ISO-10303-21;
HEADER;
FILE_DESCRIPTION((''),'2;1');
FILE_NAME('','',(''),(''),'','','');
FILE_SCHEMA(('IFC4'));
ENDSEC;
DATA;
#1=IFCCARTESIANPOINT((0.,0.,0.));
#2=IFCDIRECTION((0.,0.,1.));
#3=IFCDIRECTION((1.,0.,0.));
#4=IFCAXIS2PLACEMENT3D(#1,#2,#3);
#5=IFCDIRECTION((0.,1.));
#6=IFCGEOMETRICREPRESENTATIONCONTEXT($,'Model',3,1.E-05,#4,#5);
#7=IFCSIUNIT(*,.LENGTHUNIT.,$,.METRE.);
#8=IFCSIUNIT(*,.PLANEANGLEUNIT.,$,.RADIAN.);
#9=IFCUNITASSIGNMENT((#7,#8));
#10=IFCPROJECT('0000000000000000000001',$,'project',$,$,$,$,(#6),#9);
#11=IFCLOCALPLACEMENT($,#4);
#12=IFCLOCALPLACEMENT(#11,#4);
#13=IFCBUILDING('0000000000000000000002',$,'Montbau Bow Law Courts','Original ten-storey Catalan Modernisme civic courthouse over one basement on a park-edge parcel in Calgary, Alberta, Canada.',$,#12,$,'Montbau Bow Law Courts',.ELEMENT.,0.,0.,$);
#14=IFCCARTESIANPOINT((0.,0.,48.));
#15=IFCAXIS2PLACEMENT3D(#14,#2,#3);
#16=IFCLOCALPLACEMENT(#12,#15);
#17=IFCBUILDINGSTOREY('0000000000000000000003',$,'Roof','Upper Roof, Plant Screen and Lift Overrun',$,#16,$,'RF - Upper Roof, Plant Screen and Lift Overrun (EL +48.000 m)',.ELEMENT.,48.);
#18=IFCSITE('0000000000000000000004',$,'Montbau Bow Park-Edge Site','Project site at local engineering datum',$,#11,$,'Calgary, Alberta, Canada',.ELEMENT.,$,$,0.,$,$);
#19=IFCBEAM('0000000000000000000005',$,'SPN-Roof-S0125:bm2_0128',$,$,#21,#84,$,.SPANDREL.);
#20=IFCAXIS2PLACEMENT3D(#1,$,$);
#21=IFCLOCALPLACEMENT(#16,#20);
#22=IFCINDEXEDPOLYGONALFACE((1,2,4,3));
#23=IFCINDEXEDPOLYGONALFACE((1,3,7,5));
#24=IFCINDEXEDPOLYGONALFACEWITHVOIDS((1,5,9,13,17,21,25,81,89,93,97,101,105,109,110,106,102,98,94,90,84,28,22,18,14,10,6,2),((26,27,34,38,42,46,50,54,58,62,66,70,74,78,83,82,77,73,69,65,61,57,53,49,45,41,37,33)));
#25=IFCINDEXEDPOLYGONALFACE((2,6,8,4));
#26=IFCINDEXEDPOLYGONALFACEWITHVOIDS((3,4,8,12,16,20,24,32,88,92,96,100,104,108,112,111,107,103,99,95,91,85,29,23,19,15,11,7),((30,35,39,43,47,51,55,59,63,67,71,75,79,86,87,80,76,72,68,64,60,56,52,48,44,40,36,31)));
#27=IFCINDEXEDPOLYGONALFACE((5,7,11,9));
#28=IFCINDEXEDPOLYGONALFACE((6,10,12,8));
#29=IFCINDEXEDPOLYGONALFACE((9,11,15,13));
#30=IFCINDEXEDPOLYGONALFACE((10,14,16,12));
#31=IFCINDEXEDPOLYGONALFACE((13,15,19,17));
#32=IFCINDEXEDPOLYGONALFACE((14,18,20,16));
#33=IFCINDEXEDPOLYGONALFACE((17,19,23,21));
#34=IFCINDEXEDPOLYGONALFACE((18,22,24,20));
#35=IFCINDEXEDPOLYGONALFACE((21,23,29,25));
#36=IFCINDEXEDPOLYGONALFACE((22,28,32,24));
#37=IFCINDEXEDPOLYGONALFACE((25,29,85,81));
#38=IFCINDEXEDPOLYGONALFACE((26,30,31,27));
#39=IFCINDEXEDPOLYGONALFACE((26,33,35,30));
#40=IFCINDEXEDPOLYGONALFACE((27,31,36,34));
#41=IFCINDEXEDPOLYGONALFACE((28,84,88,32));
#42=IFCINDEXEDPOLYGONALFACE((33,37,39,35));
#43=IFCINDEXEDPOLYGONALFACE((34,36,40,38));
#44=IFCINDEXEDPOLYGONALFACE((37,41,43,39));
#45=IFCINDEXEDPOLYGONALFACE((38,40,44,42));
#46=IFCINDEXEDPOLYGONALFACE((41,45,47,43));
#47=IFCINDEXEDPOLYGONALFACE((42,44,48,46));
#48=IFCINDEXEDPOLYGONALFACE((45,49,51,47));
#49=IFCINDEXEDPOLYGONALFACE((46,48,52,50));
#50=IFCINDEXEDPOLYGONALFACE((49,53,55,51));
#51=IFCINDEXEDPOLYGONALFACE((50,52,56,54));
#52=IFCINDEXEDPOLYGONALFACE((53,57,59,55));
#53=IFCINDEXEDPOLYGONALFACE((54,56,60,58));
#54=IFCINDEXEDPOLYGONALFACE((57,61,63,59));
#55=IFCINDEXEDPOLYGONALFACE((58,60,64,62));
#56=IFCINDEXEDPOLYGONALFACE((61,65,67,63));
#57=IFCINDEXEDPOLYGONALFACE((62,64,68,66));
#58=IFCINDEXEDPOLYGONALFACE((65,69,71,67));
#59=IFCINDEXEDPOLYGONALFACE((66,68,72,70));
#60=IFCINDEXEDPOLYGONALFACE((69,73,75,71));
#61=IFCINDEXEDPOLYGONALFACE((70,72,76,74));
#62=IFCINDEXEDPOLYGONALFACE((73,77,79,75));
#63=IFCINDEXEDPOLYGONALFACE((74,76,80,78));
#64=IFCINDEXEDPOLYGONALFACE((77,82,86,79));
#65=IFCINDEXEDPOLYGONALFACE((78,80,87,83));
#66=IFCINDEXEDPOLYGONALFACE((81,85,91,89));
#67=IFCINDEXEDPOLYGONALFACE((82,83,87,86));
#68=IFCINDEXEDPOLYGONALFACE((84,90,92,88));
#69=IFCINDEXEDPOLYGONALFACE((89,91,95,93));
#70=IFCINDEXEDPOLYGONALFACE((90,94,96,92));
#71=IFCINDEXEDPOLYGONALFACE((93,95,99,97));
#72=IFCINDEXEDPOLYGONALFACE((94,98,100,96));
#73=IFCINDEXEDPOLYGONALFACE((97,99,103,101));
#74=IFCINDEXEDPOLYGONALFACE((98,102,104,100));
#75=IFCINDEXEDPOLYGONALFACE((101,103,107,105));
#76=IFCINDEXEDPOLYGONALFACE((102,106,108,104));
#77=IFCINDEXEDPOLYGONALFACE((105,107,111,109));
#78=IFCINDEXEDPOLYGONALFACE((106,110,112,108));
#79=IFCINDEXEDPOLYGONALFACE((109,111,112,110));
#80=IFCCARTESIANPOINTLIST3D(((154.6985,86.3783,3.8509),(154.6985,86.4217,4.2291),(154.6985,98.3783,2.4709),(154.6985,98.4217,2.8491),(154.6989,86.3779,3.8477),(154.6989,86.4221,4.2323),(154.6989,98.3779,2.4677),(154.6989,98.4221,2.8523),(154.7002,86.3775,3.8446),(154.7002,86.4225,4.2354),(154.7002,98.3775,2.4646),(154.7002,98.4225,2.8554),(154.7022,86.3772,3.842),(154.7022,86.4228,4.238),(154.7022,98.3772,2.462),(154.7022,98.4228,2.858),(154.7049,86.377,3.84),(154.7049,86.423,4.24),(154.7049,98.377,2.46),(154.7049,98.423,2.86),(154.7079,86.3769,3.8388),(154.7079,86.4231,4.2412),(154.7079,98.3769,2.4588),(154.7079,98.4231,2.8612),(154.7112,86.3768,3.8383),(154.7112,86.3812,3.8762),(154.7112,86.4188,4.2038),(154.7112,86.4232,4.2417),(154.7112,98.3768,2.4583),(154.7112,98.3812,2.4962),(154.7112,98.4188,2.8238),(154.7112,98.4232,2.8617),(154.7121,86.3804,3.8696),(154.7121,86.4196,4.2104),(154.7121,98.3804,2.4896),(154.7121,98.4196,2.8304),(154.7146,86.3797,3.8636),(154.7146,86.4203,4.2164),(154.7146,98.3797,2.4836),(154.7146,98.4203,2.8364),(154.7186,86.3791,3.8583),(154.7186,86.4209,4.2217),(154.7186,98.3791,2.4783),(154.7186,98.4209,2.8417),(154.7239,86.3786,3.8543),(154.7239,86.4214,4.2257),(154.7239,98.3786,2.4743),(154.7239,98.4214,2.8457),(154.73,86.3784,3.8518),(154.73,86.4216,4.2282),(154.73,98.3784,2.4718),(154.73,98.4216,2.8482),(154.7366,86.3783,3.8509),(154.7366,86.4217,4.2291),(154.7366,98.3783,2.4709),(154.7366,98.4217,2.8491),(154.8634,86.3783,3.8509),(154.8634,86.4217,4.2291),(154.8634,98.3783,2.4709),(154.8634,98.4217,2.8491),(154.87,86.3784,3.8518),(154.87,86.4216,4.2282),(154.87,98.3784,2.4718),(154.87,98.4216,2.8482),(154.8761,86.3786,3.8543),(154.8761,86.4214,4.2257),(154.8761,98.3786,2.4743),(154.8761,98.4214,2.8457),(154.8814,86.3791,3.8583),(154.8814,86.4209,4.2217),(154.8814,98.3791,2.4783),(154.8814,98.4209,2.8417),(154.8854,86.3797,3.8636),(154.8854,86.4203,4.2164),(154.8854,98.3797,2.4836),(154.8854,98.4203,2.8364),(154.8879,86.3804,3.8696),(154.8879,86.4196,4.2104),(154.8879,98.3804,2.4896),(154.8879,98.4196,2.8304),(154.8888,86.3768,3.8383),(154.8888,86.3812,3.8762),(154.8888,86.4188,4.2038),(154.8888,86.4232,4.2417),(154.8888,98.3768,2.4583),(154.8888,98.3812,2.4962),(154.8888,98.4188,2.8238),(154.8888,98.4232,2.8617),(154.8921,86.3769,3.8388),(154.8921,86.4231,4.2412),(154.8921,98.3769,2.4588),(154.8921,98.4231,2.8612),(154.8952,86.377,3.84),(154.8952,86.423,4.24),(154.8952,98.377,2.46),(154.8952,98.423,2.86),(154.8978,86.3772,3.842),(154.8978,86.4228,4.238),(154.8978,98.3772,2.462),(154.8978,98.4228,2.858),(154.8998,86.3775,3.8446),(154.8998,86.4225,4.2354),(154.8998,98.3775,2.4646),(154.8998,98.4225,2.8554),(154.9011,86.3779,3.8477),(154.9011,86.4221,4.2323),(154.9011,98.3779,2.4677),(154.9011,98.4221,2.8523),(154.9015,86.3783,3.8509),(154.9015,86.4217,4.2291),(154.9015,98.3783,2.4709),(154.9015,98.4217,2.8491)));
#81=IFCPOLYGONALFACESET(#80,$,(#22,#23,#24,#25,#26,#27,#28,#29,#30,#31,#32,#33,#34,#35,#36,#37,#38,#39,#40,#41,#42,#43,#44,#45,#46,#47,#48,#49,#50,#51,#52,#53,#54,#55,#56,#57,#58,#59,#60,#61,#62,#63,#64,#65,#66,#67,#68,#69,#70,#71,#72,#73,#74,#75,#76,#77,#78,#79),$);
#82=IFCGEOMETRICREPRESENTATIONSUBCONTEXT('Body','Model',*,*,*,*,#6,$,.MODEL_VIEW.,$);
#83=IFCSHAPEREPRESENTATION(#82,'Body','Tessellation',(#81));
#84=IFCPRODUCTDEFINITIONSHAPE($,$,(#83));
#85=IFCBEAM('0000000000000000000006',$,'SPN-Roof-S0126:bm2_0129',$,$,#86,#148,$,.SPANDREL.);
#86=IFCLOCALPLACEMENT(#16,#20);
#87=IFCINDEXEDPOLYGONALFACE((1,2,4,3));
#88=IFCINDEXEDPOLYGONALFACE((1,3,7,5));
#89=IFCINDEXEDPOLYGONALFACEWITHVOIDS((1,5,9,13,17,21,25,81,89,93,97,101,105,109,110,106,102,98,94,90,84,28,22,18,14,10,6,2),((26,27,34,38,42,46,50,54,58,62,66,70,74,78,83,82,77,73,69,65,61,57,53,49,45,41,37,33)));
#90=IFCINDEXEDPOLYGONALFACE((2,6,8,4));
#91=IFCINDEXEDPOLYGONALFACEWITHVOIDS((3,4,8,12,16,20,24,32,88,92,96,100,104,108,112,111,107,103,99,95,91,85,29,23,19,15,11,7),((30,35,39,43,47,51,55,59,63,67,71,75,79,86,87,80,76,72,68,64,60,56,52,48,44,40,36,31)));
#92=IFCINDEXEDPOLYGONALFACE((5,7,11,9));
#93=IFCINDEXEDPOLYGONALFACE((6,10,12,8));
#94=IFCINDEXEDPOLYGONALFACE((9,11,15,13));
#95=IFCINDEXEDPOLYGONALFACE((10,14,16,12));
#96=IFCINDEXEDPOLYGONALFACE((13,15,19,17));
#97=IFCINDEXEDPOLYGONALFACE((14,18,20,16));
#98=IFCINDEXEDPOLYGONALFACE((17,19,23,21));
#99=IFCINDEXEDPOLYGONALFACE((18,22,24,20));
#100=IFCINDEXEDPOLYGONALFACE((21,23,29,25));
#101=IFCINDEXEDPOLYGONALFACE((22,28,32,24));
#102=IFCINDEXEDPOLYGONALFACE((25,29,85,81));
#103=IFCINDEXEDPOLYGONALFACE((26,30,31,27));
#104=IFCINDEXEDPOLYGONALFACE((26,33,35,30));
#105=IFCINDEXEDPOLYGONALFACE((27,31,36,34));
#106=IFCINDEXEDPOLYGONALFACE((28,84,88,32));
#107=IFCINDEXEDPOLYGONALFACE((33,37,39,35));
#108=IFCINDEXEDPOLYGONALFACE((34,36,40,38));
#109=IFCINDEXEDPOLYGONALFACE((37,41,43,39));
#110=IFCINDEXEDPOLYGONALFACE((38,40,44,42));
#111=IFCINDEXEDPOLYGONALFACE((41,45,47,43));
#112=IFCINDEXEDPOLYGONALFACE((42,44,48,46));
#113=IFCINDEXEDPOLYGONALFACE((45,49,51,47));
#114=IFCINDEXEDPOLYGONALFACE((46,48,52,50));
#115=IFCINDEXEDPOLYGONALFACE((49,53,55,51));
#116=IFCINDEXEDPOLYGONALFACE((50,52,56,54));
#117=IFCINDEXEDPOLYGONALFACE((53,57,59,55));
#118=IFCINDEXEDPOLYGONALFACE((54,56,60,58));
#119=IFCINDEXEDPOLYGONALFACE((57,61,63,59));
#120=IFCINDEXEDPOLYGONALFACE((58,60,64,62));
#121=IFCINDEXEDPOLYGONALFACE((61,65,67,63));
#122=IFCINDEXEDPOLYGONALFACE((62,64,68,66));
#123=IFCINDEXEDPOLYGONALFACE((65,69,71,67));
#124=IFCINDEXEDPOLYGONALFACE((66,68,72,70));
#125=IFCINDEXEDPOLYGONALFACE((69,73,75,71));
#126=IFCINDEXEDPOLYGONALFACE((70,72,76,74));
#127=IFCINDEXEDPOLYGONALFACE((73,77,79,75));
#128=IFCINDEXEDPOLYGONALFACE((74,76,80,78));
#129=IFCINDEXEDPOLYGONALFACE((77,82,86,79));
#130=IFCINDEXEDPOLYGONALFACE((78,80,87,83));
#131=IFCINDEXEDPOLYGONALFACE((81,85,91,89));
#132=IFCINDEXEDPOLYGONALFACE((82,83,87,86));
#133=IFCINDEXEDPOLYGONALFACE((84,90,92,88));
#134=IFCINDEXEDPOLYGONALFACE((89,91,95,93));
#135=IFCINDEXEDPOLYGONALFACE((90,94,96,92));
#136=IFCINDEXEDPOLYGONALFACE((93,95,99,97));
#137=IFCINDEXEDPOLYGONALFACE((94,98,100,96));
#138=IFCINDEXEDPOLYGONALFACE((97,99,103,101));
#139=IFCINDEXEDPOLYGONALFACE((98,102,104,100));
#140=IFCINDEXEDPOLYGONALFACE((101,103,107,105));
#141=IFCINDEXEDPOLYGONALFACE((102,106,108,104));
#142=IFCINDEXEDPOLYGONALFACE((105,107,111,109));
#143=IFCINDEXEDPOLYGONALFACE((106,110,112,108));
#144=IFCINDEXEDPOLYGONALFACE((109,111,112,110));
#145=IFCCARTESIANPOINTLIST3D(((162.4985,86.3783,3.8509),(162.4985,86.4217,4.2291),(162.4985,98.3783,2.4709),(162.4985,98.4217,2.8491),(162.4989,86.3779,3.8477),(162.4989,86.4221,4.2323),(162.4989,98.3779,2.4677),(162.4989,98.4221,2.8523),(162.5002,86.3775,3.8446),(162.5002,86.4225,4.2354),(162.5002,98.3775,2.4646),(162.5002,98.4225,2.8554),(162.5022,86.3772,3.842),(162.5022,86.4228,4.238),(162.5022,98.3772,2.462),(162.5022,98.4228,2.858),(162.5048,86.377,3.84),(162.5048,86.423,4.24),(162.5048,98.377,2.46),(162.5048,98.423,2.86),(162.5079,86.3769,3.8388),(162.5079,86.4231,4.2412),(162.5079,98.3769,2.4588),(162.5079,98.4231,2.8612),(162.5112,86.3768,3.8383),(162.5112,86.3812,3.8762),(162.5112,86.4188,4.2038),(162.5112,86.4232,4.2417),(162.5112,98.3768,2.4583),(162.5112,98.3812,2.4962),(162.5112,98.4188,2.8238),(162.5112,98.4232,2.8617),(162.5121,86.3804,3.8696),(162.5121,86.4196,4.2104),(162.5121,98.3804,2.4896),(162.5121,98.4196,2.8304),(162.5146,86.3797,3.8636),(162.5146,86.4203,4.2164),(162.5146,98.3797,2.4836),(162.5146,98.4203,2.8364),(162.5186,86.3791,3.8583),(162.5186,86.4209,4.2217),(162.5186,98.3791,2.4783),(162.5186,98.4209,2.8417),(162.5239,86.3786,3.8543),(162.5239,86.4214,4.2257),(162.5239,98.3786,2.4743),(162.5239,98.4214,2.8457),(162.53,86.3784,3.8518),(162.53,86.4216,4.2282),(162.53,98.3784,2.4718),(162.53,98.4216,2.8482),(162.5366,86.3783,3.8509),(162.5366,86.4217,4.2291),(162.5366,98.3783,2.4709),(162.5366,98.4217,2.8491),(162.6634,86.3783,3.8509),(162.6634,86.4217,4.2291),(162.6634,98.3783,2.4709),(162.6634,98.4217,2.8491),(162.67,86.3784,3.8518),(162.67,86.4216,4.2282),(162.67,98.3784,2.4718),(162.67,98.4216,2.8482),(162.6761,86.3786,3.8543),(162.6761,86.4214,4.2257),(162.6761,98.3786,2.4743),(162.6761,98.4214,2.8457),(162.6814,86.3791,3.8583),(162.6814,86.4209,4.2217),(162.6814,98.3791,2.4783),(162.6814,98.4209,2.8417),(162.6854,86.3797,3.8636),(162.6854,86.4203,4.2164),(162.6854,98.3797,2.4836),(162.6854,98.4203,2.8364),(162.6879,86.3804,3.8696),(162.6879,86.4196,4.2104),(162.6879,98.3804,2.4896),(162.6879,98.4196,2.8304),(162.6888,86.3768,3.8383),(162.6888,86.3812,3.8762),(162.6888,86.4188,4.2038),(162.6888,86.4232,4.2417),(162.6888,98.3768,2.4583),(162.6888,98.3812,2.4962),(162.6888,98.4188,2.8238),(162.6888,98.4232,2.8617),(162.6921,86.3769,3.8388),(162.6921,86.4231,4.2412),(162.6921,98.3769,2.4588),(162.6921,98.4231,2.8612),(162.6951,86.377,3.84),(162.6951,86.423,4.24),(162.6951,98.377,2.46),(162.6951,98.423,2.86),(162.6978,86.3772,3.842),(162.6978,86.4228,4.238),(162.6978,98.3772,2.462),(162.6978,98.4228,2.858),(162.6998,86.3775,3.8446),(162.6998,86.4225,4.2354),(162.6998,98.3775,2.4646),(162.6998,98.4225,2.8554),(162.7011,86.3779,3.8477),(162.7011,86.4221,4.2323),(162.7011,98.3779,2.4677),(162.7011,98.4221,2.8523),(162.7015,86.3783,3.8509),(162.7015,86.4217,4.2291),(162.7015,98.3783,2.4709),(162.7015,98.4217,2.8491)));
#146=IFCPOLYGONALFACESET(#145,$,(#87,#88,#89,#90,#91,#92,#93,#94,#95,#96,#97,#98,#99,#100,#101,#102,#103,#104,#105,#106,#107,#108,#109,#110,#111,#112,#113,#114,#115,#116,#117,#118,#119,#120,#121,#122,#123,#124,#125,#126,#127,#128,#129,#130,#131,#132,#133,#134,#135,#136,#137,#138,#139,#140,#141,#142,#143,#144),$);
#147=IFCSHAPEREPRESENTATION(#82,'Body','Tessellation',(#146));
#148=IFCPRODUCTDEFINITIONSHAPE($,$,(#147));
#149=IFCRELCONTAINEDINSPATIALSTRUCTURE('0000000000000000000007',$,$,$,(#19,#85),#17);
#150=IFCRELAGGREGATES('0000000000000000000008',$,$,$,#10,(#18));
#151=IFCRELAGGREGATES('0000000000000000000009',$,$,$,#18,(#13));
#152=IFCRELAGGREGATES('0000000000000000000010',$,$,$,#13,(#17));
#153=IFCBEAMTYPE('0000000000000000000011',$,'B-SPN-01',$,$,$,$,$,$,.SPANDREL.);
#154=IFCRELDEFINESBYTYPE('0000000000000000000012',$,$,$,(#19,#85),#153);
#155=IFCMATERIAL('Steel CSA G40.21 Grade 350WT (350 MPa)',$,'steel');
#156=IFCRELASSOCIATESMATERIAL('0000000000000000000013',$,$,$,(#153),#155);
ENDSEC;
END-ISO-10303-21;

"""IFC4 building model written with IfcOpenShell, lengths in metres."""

from ifc_helpers import new_model, si_unit, direction, frame, origin_with_axes, origin_2d_with_axis, place, context, subcontext, project, spatial, hollow_rectangle, extrude, material, material_profile, profile_set, type_object, element, save


model = new_model("IFC4")

# Units and contexts
model_context = context("Model", 3, precision=1e-05, world=origin_with_axes(), true_north=direction((0.0, 1.0)))
body_context = subcontext(model_context, "Body", "Model", "MODEL_VIEW")
ifc_project = project(units=[si_unit("LENGTHUNIT", "METRE"), si_unit("PLANEANGLEUNIT", "RADIAN")], contexts=[model_context])

# Site, building, storey
site_placement = place(None, origin_with_axes())
site = spatial("IfcSite", under=ifc_project, at=site_placement, Name="Montbau Bow Park-Edge Site", Description="Project site at local engineering datum", LongName="Calgary, Alberta, Canada", CompositionType="ELEMENT", RefElevation=0.0)
building_placement = place(site_placement, origin_with_axes())
building = spatial("IfcBuilding", under=site, at=building_placement, Name="Montbau Bow Law Courts", Description="Original ten-storey Catalan Modernisme civic courthouse over one basement on a park-edge parcel in Calgary, Alberta, Canada.", LongName="Montbau Bow Law Courts", CompositionType="ELEMENT", ElevationOfRefHeight=0.0, ElevationOfTerrain=0.0)
storey_placement = place(building_placement, frame((0.0, 0.0, 48.0), z_axis=(0.0, 0.0, 1.0), x_axis=(1.0, 0.0, 0.0)))
storey = spatial("IfcBuildingStorey", under=building, at=storey_placement, Name="Roof", Description="Upper Roof, Plant Screen and Lift Overrun", LongName="RF - Upper Roof, Plant Screen and Lift Overrun (EL +48.000 m)", CompositionType="ELEMENT", Elevation=48.0)

# Beams
ifc_material_1 = material(Name="Steel CSA G40.21 Grade 350WT (350 MPa)", Category="steel")
ifc_material_profile_1 = material_profile(ifc_material_1, hollow_rectangle(XDim=0.203, YDim=0.406, WallThickness=0.0127, InnerFilletRadius=0.0254, OuterFilletRadius=0.0127, at=origin_2d_with_axis()), Name="HSS406X203X13", Category="Main", Priority=0)
ifc_profile_set_1 = profile_set([ifc_material_profile_1], Name="Steel CSA G40.21 Grade 350WT (350 MPa)")
beam_type_1 = type_object("IfcBeamType", Name="B-SPN-01", PredefinedType="SPANDREL", material=ifc_profile_set_1)
for number, where, z_axis, x_axis, name in (
    (1, (154.8, 86.4, 52.04), (0.0, 0.993452, -0.114247), (-1.0, 0.0, 0.0), "SPN-Roof-S0125:bm2_0128"),
    (2, (162.6, 86.4, 52.04), (0.0, 0.993452, -0.114247), (-1.0, 0.0, 0.0), "SPN-Roof-S0126:bm2_0129"),
):
    element("IfcBeam", number, at=place(None, frame(where, z_axis=z_axis, x_axis=x_axis)), inside=storey, type_object=beam_type_1, Name=name, PredefinedType="SPANDREL", context=body_context, shape_type="SweptSolid", body=[
        extrude(hollow_rectangle(XDim=0.203, YDim=0.406, WallThickness=0.0127, InnerFilletRadius=0.0254, OuterFilletRadius=0.0127, at=origin_2d_with_axis()), origin_with_axes(), (0.0, 0.0, 1.0), 12.0791),
    ])

save(model, "model.ifc")
